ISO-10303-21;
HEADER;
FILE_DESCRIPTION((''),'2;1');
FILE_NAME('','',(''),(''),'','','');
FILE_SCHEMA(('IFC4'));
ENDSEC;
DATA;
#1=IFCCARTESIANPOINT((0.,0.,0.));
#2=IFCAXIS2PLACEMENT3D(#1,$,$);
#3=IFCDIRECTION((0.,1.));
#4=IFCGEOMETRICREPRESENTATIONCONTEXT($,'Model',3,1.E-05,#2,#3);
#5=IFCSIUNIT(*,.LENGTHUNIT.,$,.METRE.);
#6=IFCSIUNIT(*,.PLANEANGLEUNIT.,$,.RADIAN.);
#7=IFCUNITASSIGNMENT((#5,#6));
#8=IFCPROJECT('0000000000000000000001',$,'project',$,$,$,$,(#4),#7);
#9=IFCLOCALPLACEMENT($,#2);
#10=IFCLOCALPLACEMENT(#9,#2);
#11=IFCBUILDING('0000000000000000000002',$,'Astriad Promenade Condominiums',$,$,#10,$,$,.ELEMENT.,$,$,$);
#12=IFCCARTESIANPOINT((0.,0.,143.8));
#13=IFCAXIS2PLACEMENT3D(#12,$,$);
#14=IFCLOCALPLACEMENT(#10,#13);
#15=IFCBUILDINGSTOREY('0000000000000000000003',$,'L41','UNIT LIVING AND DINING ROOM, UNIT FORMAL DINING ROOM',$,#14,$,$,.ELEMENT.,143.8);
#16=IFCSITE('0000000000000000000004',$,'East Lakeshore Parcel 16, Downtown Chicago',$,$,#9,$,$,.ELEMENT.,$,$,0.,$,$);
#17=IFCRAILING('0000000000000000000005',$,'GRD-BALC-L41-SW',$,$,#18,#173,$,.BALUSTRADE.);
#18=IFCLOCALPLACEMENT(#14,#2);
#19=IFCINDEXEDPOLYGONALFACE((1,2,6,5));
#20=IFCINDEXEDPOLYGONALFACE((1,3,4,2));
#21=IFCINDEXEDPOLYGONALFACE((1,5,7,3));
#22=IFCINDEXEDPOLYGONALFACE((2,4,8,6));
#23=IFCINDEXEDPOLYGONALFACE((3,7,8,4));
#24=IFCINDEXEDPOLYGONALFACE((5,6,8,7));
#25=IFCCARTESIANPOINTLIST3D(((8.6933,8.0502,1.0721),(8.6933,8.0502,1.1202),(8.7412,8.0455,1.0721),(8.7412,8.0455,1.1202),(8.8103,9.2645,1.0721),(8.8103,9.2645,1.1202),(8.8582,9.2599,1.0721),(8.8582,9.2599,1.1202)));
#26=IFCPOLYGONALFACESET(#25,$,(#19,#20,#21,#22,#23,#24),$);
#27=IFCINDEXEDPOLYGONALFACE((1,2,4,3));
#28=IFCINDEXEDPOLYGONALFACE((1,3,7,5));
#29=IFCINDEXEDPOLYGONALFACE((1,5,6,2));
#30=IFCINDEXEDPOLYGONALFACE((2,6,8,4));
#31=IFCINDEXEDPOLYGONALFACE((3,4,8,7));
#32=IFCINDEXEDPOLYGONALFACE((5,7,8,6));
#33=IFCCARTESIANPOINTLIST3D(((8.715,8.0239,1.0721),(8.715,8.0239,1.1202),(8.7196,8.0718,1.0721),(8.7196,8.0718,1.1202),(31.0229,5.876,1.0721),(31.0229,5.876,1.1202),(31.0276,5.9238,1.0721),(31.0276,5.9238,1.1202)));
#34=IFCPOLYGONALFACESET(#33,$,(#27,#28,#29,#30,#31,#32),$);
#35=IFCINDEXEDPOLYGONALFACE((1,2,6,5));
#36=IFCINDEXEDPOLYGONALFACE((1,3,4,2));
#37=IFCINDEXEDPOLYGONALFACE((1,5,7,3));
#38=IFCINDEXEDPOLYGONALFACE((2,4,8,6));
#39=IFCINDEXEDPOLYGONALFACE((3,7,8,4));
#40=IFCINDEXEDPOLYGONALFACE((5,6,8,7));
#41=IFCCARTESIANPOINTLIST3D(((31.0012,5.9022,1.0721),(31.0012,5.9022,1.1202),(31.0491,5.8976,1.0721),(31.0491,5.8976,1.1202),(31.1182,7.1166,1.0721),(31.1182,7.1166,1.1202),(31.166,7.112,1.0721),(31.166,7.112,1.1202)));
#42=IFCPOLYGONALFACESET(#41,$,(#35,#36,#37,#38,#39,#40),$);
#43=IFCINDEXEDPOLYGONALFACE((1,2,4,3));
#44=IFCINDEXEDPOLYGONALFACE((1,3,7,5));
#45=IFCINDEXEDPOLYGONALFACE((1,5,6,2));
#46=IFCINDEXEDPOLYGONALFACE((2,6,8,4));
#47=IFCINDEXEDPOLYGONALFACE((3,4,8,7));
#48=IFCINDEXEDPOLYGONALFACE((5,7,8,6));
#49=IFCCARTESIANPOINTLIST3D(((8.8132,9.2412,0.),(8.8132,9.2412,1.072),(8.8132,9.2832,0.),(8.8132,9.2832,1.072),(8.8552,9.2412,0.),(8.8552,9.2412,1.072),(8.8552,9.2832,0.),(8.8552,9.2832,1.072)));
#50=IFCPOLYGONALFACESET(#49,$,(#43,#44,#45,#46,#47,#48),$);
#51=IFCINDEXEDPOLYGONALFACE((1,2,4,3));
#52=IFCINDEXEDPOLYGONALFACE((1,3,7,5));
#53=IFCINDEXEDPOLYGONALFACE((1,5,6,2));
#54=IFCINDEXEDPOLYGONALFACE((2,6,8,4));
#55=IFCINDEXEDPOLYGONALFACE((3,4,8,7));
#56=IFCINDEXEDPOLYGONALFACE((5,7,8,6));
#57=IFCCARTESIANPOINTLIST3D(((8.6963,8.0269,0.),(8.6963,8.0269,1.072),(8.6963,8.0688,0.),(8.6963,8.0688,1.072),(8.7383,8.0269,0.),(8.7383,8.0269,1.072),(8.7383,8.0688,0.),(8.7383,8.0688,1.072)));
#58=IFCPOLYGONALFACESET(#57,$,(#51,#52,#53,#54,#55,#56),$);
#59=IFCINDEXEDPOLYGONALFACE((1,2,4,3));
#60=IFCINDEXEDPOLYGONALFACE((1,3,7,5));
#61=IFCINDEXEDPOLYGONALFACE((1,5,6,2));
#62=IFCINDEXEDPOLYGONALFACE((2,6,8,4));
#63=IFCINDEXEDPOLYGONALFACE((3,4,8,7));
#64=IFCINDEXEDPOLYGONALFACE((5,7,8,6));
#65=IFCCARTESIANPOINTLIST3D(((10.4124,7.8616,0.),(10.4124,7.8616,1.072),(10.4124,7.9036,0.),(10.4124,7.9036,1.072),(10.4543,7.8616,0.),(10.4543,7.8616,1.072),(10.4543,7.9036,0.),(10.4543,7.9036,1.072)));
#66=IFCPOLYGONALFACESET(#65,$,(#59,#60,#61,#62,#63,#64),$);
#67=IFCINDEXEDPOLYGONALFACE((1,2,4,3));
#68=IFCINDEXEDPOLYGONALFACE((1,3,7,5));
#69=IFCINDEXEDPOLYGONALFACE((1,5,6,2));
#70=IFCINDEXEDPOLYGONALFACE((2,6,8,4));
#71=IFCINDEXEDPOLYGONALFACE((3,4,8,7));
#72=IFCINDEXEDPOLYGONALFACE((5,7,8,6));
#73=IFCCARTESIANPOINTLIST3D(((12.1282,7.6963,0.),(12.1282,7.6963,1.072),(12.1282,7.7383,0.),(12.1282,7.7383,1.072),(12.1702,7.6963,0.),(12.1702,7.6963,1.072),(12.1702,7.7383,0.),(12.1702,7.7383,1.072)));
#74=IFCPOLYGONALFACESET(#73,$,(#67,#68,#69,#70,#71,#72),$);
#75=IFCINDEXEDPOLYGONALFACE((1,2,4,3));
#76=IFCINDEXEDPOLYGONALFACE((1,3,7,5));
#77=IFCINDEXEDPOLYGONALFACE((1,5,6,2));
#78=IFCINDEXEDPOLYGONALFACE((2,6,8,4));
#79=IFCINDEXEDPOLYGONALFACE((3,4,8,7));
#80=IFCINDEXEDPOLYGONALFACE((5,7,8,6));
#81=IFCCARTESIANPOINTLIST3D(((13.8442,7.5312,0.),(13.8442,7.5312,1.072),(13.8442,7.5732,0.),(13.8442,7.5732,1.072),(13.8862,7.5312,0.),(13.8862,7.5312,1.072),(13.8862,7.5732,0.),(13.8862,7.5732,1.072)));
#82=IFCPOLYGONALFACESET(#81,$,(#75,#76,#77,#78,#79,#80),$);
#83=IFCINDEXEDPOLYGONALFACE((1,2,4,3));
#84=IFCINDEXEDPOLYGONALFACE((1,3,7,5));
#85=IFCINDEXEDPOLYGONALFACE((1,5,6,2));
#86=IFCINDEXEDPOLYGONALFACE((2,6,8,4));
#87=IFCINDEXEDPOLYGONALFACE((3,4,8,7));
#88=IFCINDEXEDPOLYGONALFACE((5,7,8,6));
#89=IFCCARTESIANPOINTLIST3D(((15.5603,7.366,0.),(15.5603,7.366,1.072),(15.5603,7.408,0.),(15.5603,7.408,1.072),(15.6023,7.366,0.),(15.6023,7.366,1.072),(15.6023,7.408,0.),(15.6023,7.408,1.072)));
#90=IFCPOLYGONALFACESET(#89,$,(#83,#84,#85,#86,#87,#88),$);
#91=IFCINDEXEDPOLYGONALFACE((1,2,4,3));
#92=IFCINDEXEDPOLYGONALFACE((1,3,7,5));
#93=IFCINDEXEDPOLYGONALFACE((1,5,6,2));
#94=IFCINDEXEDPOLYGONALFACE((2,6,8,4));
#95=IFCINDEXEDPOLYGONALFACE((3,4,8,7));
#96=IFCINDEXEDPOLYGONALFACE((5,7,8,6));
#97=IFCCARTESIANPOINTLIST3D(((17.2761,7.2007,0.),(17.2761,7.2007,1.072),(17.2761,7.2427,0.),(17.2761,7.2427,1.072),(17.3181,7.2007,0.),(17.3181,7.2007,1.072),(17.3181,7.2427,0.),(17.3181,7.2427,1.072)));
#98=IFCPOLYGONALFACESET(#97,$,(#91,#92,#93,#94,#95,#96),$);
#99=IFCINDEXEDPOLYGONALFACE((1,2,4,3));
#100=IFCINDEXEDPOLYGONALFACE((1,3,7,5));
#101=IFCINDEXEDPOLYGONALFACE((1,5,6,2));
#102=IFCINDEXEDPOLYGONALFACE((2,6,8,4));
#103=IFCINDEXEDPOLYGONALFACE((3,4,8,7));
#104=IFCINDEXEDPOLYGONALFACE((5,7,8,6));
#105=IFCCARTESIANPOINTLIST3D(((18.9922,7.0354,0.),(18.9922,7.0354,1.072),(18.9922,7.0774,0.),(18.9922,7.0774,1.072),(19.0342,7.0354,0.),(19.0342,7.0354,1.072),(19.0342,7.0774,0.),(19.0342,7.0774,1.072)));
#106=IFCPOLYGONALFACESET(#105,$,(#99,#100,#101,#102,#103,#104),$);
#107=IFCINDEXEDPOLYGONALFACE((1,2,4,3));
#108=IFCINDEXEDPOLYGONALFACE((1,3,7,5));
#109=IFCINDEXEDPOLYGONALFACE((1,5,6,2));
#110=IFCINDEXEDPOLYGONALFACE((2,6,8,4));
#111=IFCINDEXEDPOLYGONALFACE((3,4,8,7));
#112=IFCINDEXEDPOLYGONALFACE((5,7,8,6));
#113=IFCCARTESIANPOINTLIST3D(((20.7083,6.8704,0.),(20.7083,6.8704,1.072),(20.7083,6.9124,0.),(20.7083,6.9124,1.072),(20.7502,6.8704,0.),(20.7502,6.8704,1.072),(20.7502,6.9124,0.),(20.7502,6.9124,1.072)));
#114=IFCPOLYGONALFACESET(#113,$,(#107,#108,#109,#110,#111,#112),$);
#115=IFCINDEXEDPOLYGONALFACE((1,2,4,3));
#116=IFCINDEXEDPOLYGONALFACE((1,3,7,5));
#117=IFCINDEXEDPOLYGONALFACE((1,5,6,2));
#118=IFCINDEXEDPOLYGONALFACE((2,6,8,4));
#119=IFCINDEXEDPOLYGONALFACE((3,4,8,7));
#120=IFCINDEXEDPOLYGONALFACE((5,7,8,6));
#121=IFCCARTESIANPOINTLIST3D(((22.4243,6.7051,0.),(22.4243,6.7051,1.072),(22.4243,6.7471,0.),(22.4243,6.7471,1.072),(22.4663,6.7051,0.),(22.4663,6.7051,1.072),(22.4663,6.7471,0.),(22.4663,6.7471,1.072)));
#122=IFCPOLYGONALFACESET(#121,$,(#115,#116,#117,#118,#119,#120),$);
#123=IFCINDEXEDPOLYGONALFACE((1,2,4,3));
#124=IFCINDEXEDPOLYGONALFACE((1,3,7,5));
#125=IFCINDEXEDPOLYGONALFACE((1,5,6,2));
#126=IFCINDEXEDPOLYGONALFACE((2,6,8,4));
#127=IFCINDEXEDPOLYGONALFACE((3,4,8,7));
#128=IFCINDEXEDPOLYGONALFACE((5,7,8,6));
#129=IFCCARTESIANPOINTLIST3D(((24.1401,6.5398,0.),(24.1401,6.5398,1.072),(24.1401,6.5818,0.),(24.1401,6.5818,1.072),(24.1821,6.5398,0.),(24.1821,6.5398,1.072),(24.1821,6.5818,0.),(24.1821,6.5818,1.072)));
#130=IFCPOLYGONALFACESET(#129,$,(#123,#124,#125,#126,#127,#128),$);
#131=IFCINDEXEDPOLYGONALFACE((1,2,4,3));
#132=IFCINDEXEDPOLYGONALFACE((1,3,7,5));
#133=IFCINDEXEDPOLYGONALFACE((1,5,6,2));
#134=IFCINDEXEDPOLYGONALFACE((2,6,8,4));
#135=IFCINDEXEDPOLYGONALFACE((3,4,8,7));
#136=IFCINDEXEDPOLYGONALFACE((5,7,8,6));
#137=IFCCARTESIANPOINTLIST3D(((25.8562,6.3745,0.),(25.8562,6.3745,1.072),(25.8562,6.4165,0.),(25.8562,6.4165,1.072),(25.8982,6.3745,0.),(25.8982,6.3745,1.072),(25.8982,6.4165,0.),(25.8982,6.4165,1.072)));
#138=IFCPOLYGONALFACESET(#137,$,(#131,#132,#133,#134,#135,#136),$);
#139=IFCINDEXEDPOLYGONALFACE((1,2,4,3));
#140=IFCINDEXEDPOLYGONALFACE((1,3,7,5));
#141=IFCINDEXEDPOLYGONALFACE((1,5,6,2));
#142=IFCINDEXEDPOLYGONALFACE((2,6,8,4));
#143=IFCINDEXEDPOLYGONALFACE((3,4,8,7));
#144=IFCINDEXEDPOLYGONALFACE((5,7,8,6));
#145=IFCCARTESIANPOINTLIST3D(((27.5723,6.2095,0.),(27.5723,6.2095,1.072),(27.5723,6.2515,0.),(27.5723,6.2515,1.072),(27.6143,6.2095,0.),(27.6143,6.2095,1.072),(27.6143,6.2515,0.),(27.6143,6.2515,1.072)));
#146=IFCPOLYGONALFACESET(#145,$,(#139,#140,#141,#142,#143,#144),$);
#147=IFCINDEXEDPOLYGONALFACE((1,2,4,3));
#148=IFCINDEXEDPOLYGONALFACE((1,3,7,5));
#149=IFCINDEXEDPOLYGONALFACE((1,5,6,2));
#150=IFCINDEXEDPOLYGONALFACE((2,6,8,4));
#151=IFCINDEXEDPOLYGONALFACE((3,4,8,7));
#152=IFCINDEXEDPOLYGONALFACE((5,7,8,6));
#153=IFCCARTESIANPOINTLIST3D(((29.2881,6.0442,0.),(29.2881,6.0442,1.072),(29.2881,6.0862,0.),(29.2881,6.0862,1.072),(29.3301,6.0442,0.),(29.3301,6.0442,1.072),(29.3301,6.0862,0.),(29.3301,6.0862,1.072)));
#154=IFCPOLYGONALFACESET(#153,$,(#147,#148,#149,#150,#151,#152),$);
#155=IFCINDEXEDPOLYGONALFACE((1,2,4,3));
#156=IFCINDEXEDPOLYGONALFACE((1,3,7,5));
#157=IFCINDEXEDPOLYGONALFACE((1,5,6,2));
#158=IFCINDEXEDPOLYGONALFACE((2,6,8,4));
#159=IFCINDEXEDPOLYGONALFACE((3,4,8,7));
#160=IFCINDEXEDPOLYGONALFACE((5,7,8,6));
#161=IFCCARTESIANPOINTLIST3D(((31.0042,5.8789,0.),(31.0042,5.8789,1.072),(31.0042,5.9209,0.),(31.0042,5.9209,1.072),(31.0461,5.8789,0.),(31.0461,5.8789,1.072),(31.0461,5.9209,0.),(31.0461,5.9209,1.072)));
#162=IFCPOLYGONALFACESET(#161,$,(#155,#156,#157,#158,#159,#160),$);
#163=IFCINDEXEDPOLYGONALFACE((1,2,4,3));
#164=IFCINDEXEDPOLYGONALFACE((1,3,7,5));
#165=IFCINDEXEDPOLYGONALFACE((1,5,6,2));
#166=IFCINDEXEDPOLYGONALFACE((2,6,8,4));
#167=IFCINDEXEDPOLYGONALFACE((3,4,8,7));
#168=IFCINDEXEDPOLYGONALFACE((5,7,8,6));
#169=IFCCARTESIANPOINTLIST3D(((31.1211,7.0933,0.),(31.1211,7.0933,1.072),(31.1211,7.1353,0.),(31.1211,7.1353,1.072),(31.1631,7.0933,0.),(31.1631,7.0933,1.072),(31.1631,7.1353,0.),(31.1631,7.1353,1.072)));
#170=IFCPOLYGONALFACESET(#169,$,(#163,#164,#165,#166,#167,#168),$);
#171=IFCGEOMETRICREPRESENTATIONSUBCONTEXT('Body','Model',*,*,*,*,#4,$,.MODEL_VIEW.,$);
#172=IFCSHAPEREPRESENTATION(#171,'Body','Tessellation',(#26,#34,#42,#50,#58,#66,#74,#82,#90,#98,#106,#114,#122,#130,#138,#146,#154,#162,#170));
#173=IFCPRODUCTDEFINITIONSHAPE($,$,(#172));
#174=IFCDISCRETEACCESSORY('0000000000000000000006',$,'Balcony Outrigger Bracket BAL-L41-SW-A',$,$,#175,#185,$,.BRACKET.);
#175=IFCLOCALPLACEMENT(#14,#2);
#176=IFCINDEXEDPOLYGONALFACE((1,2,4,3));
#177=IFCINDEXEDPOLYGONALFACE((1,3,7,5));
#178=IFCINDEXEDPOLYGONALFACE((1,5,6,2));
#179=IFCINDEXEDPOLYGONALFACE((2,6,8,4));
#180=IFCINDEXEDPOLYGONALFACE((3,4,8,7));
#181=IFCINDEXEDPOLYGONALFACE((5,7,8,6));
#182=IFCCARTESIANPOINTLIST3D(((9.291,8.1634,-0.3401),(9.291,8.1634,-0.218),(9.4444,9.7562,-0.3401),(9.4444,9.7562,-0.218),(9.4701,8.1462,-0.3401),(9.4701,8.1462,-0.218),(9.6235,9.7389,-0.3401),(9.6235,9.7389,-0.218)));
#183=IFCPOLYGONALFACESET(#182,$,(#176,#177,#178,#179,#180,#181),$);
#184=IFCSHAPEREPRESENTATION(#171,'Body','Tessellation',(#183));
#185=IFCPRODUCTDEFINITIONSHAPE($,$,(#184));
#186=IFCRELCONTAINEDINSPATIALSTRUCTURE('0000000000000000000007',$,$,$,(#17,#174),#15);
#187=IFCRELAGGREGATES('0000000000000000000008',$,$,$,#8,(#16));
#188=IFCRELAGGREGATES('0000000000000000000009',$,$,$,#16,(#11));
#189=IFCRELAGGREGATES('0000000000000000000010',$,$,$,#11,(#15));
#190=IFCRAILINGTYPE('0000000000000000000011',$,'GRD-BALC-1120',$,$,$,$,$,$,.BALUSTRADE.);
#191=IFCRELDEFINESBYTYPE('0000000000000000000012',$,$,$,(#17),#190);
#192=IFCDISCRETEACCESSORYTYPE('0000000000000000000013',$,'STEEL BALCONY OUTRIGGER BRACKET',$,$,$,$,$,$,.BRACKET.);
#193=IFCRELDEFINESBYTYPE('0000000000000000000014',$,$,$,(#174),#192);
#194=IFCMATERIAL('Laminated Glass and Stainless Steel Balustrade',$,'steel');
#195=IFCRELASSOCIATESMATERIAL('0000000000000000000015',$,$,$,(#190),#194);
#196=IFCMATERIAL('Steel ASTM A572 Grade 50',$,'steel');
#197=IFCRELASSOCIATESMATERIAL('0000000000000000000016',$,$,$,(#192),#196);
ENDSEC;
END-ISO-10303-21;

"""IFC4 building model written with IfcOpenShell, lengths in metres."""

from ifc_helpers import new_model, si_unit, direction, frame, origin, origin_2d, place, context, subcontext, project, spatial, rectangle, extrude, source, transform, mapped, material, type_object, type_shapes, element, save


model = new_model("IFC4")

# Units and contexts
model_context = context("Model", 3, precision=1e-05, world=origin(), true_north=direction((0.0, 1.0)))
body_context = subcontext(model_context, "Body", "Model", "MODEL_VIEW")
ifc_project = project(units=[si_unit("LENGTHUNIT", "METRE"), si_unit("PLANEANGLEUNIT", "RADIAN")], contexts=[model_context])

# Site, building, storey
site_placement = place(None, origin())
site = spatial("IfcSite", under=ifc_project, at=site_placement, Name="East Lakeshore Parcel 16, Downtown Chicago", CompositionType="ELEMENT", RefElevation=0.0)
building_placement = place(site_placement, origin())
building = spatial("IfcBuilding", under=site, at=building_placement, Name="Astriad Promenade Condominiums", CompositionType="ELEMENT")
storey_placement = place(building_placement, frame((0.0, 0.0, 143.8)))
storey = spatial("IfcBuildingStorey", under=building, at=storey_placement, Name="L41", Description="UNIT LIVING AND DINING ROOM, UNIT FORMAL DINING ROOM", CompositionType="ELEMENT", Elevation=143.8)

# Railing
ifc_material_1 = material(Name="Laminated Glass and Stainless Steel Balustrade", Category="steel")
railing_type = type_object("IfcRailingType", Name="GRD-BALC-1120", PredefinedType="BALUSTRADE", material=ifc_material_1)
shared_shape_1 = source(origin(), body_context, "Body", "SweptSolid", [
    extrude(rectangle(XDim=0.0481, YDim=0.0481, at=origin_2d()), frame((0.0, 0.0, 1.0962), z_axis=(-0.095857, -0.995395, 0.0), x_axis=(0.995395, -0.095857, 0.0)), (0.0, 0.0, 1.0), 1.22),
    extrude(rectangle(XDim=0.0481, YDim=0.0481, at=origin_2d()), frame((-0.1169, -1.2144, 1.0962), z_axis=(0.995396, -0.095843, 0.0), x_axis=(0.095843, 0.995396, 0.0)), (0.0, 0.0, 1.0), 22.4111),
    extrude(rectangle(XDim=0.0481, YDim=0.0481, at=origin_2d()), frame((22.1909, -3.3623, 1.0962), z_axis=(0.095857, 0.995395, 0.0), x_axis=(-0.995395, 0.095857, 0.0)), (0.0, 0.0, 1.0), 1.22),
    extrude(rectangle(XDim=0.042, YDim=0.042, at=origin_2d()), origin(), (0.0, 0.0, 1.0), 1.072),
    extrude(rectangle(XDim=0.042, YDim=0.042, at=origin_2d()), frame((-0.1169, -1.2144, 0.0)), (0.0, 0.0, 1.0), 1.072),
    extrude(rectangle(XDim=0.042, YDim=0.042, at=origin_2d()), frame((1.5991, -1.3796, 0.0)), (0.0, 0.0, 1.0), 1.072),
    extrude(rectangle(XDim=0.042, YDim=0.042, at=origin_2d()), frame((3.3149, -1.5449, 0.0)), (0.0, 0.0, 1.0), 1.072),
    extrude(rectangle(XDim=0.042, YDim=0.042, at=origin_2d()), frame((5.031, -1.71, 0.0)), (0.0, 0.0, 1.0), 1.072),
    extrude(rectangle(XDim=0.042, YDim=0.042, at=origin_2d()), frame((6.7471, -1.8752, 0.0)), (0.0, 0.0, 1.0), 1.072),
    extrude(rectangle(XDim=0.042, YDim=0.042, at=origin_2d()), frame((8.4629, -2.0405, 0.0)), (0.0, 0.0, 1.0), 1.072),
    extrude(rectangle(XDim=0.042, YDim=0.042, at=origin_2d()), frame((10.179, -2.2058, 0.0)), (0.0, 0.0, 1.0), 1.072),
    extrude(rectangle(XDim=0.042, YDim=0.042, at=origin_2d()), frame((11.895, -2.3708, 0.0)), (0.0, 0.0, 1.0), 1.072),
    extrude(rectangle(XDim=0.042, YDim=0.042, at=origin_2d()), frame((13.6111, -2.5361, 0.0)), (0.0, 0.0, 1.0), 1.072),
    extrude(rectangle(XDim=0.042, YDim=0.042, at=origin_2d()), frame((15.3269, -2.7014, 0.0)), (0.0, 0.0, 1.0), 1.072),
    extrude(rectangle(XDim=0.042, YDim=0.042, at=origin_2d()), frame((17.043, -2.8667, 0.0)), (0.0, 0.0, 1.0), 1.072),
    extrude(rectangle(XDim=0.042, YDim=0.042, at=origin_2d()), frame((18.759, -3.0317, 0.0)), (0.0, 0.0, 1.0), 1.072),
    extrude(rectangle(XDim=0.042, YDim=0.042, at=origin_2d()), frame((20.4749, -3.197, 0.0)), (0.0, 0.0, 1.0), 1.072),
    extrude(rectangle(XDim=0.042, YDim=0.042, at=origin_2d()), frame((22.1909, -3.3623, 0.0)), (0.0, 0.0, 1.0), 1.072),
    extrude(rectangle(XDim=0.042, YDim=0.042, at=origin_2d()), frame((22.3079, -2.1479, 0.0)), (0.0, 0.0, 1.0), 1.072),
])
type_shapes(railing_type, [shared_shape_1])
railing_placement = place(storey_placement, frame((8.8342, 9.2622, 0.0)))
element("IfcRailing", 1, at=railing_placement, inside=storey, type_object=railing_type, Name="GRD-BALC-L41-SW", PredefinedType="BALUSTRADE", context=body_context, shape_type="MappedRepresentation", body=[
    mapped(shared_shape_1, transform((0.0, 0.0, 0.0), scale=1.0)),
])

# Discrete accessory
ifc_material_2 = material(Name="Steel ASTM A572 Grade 50", Category="steel")
discrete_accessory_type = type_object("IfcDiscreteAccessoryType", Name="STEEL BALCONY OUTRIGGER BRACKET", PredefinedType="BRACKET", material=ifc_material_2)
shared_shape_2 = source(origin(), body_context, "Body", "SweptSolid", [
    extrude(rectangle(XDim=1.6001, YDim=0.1799, at=origin_2d()), origin(), (0.0, 0.0, 1.0), 0.1221),
])
type_shapes(discrete_accessory_type, [shared_shape_2])
discrete_accessory_placement = place(storey_placement, frame((9.4573, 8.9512, -0.3401), z_axis=(0.0, 0.0, 1.0), x_axis=(-0.095846, -0.995396, 0.0)))
element("IfcDiscreteAccessory", 2, at=discrete_accessory_placement, inside=storey, type_object=discrete_accessory_type, Name="Balcony Outrigger Bracket BAL-L41-SW-A", PredefinedType="BRACKET", context=body_context, shape_type="MappedRepresentation", body=[
    mapped(shared_shape_2, transform((0.0, 0.0, 0.0), scale=1.0)),
])

save(model, "model.ifc")
